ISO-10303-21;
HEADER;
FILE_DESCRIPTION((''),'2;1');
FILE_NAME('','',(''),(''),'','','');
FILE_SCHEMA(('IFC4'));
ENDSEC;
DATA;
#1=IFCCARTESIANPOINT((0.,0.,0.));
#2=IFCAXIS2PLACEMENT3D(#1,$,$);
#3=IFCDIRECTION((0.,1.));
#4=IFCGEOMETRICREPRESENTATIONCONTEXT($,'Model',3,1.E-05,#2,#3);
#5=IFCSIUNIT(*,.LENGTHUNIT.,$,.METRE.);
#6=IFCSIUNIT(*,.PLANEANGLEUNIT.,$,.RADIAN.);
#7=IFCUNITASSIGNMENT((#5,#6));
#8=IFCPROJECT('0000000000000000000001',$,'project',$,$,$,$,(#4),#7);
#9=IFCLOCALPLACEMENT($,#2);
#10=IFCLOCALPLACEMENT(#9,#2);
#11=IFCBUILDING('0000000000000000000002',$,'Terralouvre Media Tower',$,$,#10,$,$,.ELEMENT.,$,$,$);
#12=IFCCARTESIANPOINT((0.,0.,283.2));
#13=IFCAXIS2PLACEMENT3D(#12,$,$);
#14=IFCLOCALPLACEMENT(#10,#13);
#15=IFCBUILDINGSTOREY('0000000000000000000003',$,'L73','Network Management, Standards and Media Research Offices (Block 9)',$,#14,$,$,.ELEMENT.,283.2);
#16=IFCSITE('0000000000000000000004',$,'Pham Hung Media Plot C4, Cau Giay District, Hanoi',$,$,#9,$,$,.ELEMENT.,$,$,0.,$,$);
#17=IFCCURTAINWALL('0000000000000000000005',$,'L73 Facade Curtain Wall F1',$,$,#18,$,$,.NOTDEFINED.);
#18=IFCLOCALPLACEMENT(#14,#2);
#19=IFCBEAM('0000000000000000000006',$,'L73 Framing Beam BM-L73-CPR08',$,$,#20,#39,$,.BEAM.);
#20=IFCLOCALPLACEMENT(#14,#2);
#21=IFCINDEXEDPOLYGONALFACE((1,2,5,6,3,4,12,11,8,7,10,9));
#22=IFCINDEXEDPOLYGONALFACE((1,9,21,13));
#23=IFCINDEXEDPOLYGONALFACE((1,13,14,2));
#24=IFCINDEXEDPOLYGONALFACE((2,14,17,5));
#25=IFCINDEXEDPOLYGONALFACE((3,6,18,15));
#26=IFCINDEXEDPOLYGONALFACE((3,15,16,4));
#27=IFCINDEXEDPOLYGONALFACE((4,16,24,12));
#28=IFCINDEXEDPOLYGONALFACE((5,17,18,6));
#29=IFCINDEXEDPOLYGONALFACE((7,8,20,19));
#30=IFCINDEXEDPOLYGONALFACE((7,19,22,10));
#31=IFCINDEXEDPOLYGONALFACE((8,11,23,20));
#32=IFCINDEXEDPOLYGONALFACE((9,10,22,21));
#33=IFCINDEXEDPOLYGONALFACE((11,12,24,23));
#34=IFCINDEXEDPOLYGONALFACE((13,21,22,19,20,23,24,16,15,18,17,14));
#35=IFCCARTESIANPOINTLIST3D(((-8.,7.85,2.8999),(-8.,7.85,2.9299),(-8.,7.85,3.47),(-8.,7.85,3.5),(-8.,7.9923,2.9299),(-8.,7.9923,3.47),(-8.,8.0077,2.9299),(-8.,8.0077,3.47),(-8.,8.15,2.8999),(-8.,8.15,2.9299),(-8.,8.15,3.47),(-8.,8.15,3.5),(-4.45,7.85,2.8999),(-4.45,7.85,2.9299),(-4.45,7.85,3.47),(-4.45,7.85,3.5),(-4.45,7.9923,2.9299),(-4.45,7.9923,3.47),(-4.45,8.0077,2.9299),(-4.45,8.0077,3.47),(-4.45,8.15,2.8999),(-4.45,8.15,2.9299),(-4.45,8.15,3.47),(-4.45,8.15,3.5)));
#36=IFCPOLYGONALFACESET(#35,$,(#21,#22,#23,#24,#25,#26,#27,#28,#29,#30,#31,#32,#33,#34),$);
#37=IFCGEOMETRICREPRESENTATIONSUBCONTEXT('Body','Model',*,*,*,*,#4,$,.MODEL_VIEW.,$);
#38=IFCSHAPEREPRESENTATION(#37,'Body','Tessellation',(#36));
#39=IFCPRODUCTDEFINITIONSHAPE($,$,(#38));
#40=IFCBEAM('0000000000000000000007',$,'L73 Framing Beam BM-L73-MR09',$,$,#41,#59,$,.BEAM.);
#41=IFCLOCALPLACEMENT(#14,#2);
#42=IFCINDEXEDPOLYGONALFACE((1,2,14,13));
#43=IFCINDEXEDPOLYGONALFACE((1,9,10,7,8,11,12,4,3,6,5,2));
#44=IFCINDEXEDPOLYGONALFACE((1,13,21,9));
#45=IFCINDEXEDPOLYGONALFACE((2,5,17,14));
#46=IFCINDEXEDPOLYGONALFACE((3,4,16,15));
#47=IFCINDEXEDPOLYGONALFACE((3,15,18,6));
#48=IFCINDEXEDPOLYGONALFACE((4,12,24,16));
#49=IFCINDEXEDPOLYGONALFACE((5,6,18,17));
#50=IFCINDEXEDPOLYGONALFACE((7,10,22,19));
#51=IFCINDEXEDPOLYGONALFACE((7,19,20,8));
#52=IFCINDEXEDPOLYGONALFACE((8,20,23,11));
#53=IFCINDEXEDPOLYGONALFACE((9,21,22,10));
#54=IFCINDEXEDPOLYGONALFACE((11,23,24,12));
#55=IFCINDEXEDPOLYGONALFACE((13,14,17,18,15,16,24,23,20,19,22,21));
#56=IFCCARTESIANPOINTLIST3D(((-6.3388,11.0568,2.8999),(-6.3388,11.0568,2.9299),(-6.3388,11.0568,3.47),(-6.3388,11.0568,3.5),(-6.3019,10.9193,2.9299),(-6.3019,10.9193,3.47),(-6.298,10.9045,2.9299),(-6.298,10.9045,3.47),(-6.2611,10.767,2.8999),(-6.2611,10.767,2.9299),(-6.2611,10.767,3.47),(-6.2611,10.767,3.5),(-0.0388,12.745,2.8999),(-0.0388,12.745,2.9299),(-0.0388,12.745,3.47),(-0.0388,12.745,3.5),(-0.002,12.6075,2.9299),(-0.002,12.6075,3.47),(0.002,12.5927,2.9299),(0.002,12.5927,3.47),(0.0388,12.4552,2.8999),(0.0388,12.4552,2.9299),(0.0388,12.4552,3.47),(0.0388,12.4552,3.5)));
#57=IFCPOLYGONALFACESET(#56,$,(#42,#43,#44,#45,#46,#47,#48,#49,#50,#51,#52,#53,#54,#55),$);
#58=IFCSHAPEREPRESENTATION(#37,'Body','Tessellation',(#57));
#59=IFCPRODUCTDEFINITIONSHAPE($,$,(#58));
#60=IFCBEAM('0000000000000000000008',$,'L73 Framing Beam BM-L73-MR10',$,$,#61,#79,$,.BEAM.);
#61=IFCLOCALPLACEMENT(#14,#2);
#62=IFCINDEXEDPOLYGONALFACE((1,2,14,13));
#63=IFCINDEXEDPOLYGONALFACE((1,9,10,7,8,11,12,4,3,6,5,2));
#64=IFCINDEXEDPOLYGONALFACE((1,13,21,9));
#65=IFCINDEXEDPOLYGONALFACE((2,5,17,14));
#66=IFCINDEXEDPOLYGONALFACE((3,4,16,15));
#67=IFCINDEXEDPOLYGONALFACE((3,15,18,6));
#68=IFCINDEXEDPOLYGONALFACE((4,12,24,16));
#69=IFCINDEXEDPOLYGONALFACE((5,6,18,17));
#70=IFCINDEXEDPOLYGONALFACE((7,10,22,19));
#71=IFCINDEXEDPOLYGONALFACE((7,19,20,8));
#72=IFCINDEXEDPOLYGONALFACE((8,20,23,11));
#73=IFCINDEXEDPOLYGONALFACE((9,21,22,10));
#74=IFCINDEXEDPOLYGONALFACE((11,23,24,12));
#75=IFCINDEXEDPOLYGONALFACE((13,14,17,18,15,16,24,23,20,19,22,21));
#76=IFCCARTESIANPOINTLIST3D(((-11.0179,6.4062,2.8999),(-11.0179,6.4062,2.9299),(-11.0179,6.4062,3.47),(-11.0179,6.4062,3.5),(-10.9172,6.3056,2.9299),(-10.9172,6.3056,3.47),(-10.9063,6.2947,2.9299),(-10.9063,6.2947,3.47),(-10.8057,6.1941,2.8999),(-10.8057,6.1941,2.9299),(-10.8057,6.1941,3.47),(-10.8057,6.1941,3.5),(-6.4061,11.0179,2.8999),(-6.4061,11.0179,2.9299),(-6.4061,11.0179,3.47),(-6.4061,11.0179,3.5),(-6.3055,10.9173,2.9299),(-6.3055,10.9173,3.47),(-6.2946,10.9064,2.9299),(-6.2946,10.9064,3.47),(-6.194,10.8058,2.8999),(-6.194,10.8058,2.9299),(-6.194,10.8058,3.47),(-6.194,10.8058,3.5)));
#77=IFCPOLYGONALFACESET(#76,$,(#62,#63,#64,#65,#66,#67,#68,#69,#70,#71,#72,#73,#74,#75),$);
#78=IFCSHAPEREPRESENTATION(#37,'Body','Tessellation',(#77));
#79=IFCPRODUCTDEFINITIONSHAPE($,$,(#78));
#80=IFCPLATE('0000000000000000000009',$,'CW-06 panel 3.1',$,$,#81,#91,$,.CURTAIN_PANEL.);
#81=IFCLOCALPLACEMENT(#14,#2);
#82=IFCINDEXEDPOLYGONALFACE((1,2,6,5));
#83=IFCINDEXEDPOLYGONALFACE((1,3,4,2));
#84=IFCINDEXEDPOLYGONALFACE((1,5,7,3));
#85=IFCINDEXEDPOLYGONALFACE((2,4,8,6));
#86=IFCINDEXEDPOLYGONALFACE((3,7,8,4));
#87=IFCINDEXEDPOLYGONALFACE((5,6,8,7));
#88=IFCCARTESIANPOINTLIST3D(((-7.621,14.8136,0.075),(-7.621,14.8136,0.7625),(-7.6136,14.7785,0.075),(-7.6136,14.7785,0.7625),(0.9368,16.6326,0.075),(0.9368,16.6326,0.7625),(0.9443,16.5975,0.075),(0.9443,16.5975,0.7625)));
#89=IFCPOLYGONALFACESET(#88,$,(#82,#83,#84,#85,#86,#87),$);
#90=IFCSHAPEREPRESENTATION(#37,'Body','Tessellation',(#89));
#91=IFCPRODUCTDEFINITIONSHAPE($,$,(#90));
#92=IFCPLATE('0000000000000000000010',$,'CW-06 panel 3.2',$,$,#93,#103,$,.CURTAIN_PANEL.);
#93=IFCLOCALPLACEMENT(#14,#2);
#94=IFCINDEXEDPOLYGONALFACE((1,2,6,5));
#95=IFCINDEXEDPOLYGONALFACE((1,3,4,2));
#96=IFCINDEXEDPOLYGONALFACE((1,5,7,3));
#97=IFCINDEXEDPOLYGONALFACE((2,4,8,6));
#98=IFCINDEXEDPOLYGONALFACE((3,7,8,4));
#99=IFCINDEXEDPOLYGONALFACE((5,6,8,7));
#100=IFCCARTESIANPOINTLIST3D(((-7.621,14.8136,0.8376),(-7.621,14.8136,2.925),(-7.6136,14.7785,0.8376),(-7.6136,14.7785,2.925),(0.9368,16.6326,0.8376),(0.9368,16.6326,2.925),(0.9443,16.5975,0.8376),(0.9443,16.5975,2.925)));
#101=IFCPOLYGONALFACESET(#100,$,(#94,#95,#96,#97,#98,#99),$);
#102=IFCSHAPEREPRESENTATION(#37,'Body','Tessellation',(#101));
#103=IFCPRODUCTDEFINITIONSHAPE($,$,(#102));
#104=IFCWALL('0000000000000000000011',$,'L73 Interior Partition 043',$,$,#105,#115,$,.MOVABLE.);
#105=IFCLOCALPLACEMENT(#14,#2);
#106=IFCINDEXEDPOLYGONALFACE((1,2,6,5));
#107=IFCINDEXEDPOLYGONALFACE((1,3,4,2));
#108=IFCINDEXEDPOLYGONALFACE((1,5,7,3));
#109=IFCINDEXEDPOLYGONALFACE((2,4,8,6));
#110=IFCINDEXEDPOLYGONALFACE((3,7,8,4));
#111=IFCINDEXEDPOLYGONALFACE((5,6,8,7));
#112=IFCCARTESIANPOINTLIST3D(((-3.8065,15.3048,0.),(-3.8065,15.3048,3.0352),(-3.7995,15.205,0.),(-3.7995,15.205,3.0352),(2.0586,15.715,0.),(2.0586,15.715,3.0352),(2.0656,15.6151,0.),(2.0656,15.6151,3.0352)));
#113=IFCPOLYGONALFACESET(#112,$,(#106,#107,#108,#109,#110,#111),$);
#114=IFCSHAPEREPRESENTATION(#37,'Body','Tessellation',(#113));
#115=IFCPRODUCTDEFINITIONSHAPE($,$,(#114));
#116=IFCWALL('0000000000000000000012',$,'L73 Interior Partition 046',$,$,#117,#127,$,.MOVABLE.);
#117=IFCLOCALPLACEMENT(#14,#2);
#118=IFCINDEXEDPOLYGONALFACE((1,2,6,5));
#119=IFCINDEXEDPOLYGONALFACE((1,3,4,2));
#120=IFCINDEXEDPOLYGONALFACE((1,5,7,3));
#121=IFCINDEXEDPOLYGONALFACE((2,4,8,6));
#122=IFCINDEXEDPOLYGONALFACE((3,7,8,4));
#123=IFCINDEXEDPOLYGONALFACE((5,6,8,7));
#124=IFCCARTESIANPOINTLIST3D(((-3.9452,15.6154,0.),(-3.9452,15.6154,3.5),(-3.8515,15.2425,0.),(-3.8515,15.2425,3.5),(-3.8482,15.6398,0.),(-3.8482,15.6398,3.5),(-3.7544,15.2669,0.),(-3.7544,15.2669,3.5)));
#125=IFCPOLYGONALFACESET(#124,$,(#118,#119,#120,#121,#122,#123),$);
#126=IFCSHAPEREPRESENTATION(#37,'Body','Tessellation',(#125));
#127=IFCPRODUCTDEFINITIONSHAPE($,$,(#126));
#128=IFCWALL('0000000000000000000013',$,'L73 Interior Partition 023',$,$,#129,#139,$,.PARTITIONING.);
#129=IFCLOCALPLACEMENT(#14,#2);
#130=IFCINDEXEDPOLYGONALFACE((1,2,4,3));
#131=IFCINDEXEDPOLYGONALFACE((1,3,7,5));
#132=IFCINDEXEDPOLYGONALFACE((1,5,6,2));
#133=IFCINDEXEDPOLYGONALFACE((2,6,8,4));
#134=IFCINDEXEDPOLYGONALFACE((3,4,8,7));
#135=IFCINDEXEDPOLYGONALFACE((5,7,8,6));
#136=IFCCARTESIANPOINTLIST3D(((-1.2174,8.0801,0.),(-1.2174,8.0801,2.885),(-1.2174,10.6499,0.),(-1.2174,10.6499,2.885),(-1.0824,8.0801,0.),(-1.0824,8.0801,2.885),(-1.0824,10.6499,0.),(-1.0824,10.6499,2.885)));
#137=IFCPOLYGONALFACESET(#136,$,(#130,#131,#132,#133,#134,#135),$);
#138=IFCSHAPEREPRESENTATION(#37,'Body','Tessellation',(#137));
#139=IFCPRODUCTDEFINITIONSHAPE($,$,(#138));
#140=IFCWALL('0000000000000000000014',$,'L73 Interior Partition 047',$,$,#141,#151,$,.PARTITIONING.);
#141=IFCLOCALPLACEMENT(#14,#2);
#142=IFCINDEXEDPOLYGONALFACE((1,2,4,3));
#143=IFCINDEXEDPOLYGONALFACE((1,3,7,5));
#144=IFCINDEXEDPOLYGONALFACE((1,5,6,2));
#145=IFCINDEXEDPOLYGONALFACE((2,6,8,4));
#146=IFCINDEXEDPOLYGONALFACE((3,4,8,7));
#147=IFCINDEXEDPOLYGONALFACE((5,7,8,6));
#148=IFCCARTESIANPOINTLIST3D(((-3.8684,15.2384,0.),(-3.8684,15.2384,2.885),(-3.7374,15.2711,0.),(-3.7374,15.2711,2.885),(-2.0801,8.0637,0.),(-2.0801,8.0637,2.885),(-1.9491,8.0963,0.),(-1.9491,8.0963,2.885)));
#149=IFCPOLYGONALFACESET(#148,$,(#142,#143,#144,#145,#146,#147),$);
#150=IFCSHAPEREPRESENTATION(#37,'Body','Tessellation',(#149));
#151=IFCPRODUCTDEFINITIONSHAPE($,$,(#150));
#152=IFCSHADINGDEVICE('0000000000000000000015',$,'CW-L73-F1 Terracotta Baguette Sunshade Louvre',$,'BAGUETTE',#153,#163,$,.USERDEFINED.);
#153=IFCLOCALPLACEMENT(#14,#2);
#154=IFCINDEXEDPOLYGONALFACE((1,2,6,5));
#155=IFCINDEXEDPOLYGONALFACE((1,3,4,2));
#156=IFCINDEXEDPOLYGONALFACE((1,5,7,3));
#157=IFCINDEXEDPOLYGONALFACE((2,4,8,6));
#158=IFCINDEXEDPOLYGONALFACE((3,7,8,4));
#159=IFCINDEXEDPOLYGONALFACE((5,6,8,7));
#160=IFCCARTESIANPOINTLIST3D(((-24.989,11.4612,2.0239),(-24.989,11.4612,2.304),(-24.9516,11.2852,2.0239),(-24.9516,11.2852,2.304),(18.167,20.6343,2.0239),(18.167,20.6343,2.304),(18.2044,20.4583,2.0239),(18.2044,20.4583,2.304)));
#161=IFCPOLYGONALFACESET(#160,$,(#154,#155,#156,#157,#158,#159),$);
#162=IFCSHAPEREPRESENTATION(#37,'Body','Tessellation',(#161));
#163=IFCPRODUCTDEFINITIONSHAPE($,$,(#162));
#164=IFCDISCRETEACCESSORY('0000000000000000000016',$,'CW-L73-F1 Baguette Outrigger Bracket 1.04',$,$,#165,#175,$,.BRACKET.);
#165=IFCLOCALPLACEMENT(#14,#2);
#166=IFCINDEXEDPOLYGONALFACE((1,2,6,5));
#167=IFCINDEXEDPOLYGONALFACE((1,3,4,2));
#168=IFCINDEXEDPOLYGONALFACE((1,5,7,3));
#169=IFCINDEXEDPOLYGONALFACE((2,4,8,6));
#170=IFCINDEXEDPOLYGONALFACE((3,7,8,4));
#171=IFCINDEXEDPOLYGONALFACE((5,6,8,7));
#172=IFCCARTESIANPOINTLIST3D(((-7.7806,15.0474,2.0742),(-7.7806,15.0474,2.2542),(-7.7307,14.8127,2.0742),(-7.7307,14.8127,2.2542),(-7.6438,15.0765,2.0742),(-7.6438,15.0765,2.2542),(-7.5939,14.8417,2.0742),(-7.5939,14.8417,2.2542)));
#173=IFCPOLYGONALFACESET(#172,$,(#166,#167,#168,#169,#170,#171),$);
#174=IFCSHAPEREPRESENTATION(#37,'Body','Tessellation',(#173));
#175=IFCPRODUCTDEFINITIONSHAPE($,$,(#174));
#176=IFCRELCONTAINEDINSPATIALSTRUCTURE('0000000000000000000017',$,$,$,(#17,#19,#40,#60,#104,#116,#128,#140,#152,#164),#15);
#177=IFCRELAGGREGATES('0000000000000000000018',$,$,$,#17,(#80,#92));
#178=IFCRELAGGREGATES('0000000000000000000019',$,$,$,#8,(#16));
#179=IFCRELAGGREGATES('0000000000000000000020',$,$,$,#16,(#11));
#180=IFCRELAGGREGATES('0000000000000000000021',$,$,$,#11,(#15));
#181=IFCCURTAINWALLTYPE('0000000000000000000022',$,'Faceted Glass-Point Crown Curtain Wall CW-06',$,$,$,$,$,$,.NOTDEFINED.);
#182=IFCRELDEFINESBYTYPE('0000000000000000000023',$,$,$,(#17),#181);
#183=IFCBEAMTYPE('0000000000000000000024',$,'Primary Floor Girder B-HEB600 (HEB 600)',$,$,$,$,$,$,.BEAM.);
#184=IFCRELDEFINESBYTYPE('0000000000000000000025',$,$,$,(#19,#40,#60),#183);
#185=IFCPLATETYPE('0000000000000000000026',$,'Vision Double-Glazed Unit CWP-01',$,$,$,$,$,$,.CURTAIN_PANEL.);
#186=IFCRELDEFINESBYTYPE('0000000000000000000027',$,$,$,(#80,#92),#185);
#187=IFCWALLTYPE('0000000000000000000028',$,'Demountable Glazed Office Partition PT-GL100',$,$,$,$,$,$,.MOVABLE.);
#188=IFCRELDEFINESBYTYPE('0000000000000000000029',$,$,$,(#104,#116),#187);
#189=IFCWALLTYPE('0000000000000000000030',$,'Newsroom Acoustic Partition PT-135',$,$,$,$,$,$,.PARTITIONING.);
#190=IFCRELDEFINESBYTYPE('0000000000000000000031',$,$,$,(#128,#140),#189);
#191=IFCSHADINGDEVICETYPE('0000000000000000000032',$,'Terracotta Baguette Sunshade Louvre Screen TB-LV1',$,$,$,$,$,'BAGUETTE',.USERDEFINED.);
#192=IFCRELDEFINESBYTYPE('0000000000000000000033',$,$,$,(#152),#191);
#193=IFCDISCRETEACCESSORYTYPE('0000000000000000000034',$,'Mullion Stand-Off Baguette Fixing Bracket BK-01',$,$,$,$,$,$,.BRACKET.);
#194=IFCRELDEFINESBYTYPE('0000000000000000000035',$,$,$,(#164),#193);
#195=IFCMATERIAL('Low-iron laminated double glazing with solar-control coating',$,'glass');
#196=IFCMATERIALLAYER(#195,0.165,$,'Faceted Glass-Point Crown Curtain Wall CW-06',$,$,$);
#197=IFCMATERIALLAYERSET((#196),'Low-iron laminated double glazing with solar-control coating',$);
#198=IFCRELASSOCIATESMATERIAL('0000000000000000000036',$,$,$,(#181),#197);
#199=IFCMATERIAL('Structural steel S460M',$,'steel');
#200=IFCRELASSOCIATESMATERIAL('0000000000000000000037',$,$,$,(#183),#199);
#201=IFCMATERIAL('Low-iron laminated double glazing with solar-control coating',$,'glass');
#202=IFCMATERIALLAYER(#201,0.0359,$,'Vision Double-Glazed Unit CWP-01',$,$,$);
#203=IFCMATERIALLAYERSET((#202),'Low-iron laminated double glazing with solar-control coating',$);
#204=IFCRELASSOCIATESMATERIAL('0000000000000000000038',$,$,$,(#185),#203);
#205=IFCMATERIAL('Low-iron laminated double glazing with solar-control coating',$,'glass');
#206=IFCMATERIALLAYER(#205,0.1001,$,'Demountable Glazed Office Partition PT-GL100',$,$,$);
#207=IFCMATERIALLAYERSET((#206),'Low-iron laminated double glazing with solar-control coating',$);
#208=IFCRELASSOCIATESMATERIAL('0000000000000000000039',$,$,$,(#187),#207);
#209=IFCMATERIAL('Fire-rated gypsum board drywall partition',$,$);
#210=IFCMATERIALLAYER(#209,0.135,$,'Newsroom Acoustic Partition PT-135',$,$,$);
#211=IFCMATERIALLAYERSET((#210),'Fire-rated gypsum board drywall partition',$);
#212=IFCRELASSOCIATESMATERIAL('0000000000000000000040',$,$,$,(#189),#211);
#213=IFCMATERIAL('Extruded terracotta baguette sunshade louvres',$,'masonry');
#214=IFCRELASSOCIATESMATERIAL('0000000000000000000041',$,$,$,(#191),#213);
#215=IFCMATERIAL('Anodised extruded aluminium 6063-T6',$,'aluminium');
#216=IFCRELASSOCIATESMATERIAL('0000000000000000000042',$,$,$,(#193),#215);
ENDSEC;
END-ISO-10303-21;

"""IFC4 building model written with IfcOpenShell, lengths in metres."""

from ifc_helpers import new_model, si_unit, direction, frame, frame_2d, origin, origin_2d, place, context, subcontext, project, spatial, rectangle, i_section, extrude, material, layer, layer_set, material_profile, profile_set, type_object, element, aggregate, save


model = new_model("IFC4")

# Units and contexts
model_context = context("Model", 3, precision=1e-05, world=origin(), true_north=direction((0.0, 1.0)))
body_context = subcontext(model_context, "Body", "Model", "MODEL_VIEW")
ifc_project = project(units=[si_unit("LENGTHUNIT", "METRE"), si_unit("PLANEANGLEUNIT", "RADIAN")], contexts=[model_context])

# Site, building, storey
site_placement = place(None, origin())
site = spatial("IfcSite", under=ifc_project, at=site_placement, Name="Pham Hung Media Plot C4, Cau Giay District, Hanoi", CompositionType="ELEMENT", RefElevation=0.0)
building_placement = place(site_placement, origin())
building = spatial("IfcBuilding", under=site, at=building_placement, Name="Terralouvre Media Tower", CompositionType="ELEMENT")
storey_placement = place(building_placement, frame((0.0, 0.0, 283.2)))
storey = spatial("IfcBuildingStorey", under=building, at=storey_placement, Name="L73", Description="Network Management, Standards and Media Research Offices (Block 9)", CompositionType="ELEMENT", Elevation=283.2)

# Curtain wall
ifc_material_1 = material(Name="Low-iron laminated double glazing with solar-control coating", Category="glass")
ifc_layer_1 = layer(ifc_material_1, 0.165, Name="Faceted Glass-Point Crown Curtain Wall CW-06")
ifc_layer_set_1 = layer_set([ifc_layer_1], Name="Low-iron laminated double glazing with solar-control coating")
curtain_wall_type = type_object("IfcCurtainWallType", Name="Faceted Glass-Point Crown Curtain Wall CW-06", PredefinedType="NOTDEFINED", material=ifc_layer_set_1)
curtain_wall_placement = place(storey_placement, origin())
curtain_wall = element("IfcCurtainWall", 1, at=curtain_wall_placement, inside=storey, type_object=curtain_wall_type, Name="L73 Facade Curtain Wall F1", PredefinedType="NOTDEFINED")

# Beams
ifc_material_2 = material(Name="Structural steel S460M", Category="steel")
ifc_material_profile_1 = material_profile(ifc_material_2, i_section(OverallWidth=0.3, OverallDepth=0.6001, WebThickness=0.0154, FlangeThickness=0.03, at=origin_2d()), Name="HEB 600")
ifc_profile_set_1 = profile_set([ifc_material_profile_1], Name="Structural steel S460M")
beam_type_1 = type_object("IfcBeamType", Name="Primary Floor Girder B-HEB600 (HEB 600)", PredefinedType="BEAM", material=ifc_profile_set_1)
beam_1_placement = place(storey_placement, frame((-4.45, 8.0, 3.2), z_axis=(-1.0, 0.0, 0.0), x_axis=(0.0, -1.0, 0.0)))
element("IfcBeam", 2, at=beam_1_placement, inside=storey, type_object=beam_type_1, Name="L73 Framing Beam BM-L73-CPR08", PredefinedType="BEAM", context=body_context, shape_type="SweptSolid", body=[
    extrude(i_section(OverallWidth=0.3, OverallDepth=0.6001, WebThickness=0.0154, FlangeThickness=0.03, at=origin_2d()), origin(), (0.0, 0.0, 1.0), 3.55),
])
beam_2_placement = place(storey_placement, frame((0.0, 12.6001, 3.2), z_axis=(-0.96592, -0.258839, 0.0), x_axis=(0.258839, -0.96592, 0.0)))
element("IfcBeam", 3, at=beam_2_placement, inside=storey, type_object=beam_type_1, Name="L73 Framing Beam BM-L73-MR09", PredefinedType="BEAM", context=body_context, shape_type="SweptSolid", body=[
    extrude(i_section(OverallWidth=0.3, OverallDepth=0.6001, WebThickness=0.0154, FlangeThickness=0.03, at=origin_2d()), origin(), (0.0, 0.0, 1.0), 6.5222),
])
beam_3_placement = place(storey_placement, frame((-6.3, 10.9119, 3.2), z_axis=(-0.707107, -0.707107, 0.0), x_axis=(0.707107, -0.707107, 0.0)))
element("IfcBeam", 4, at=beam_3_placement, inside=storey, type_object=beam_type_1, Name="L73 Framing Beam BM-L73-MR10", PredefinedType="BEAM", context=body_context, shape_type="SweptSolid", body=[
    extrude(i_section(OverallWidth=0.3, OverallDepth=0.6001, WebThickness=0.0154, FlangeThickness=0.03, at=origin_2d()), origin(), (0.0, 0.0, 1.0), 6.522),
])

# Plates
ifc_material_3 = material(Name="Low-iron laminated double glazing with solar-control coating", Category="glass")
ifc_layer_2 = layer(ifc_material_3, 0.0359, Name="Vision Double-Glazed Unit CWP-01")
ifc_layer_set_2 = layer_set([ifc_layer_2], Name="Low-iron laminated double glazing with solar-control coating")
plate_type = type_object("IfcPlateType", Name="Vision Double-Glazed Unit CWP-01", PredefinedType="CURTAIN_PANEL", material=ifc_layer_set_2)
plate_1_placement = place(storey_placement, frame((-3.3384, 15.7056, 0.075), z_axis=(0.0, 0.0, 1.0), x_axis=(-0.978148, -0.207912, 0.0)))
plate_1 = element("IfcPlate", 5, at=plate_1_placement, type_object=plate_type, Name="CW-06 panel 3.1", PredefinedType="CURTAIN_PANEL", context=body_context, shape_type="SweptSolid", body=[
    extrude(rectangle(XDim=8.749, YDim=0.0359, at=origin_2d()), origin(), (0.0, 0.0, 1.0), 0.6875),
])
plate_2_placement = place(storey_placement, frame((-3.3384, 15.7056, 0.8376), z_axis=(0.0, 0.0, 1.0), x_axis=(-0.978148, -0.207912, 0.0)))
plate_2 = element("IfcPlate", 6, at=plate_2_placement, type_object=plate_type, Name="CW-06 panel 3.2", PredefinedType="CURTAIN_PANEL", context=body_context, shape_type="SweptSolid", body=[
    extrude(rectangle(XDim=8.749, YDim=0.0359, at=origin_2d()), origin(), (0.0, 0.0, 1.0), 2.0874),
])
aggregate(curtain_wall, [plate_1, plate_2])

# Walls
ifc_material_4 = material(Name="Low-iron laminated double glazing with solar-control coating", Category="glass")
ifc_layer_3 = layer(ifc_material_4, 0.1001, Name="Demountable Glazed Office Partition PT-GL100")
ifc_layer_set_3 = layer_set([ifc_layer_3], Name="Low-iron laminated double glazing with solar-control coating")
wall_type_1 = type_object("IfcWallType", Name="Demountable Glazed Office Partition PT-GL100", PredefinedType="MOVABLE", material=ifc_layer_set_3)
wall_1_placement = place(storey_placement, frame((-3.803, 15.2549, 0.0), z_axis=(0.0, 0.0, 1.0), x_axis=(0.997564, 0.069763, 0.0)))
element("IfcWall", 7, at=wall_1_placement, inside=storey, type_object=wall_type_1, Name="L73 Interior Partition 043", PredefinedType="MOVABLE", context=body_context, shape_type="SweptSolid", body=[
    extrude(rectangle(XDim=5.8794, YDim=0.1001, at=frame_2d((2.9397, 0.0))), origin(), (0.0, 0.0, 1.0), 3.0352),
])
wall_2_placement = place(storey_placement, frame((-3.8967, 15.6277, 0.0), z_axis=(0.0, 0.0, 1.0), x_axis=(0.24388, -0.969805, 0.0)))
element("IfcWall", 8, at=wall_2_placement, inside=storey, type_object=wall_type_1, Name="L73 Interior Partition 046", PredefinedType="MOVABLE", context=body_context, shape_type="SweptSolid", body=[
    extrude(rectangle(XDim=0.3845, YDim=0.1001, at=frame_2d((0.1924, 0.0))), origin(), (0.0, 0.0, 1.0), 3.5),
])
ifc_material_5 = material(Name="Fire-rated gypsum board drywall partition")
ifc_layer_4 = layer(ifc_material_5, 0.135, Name="Newsroom Acoustic Partition PT-135")
ifc_layer_set_4 = layer_set([ifc_layer_4], Name="Fire-rated gypsum board drywall partition")
wall_type_2 = type_object("IfcWallType", Name="Newsroom Acoustic Partition PT-135", PredefinedType="PARTITIONING", material=ifc_layer_set_4)
wall_3_placement = place(storey_placement, frame((-1.1499, 10.6499, 0.0), z_axis=(0.0, 0.0, 1.0), x_axis=(0.0, -1.0, 0.0)))
element("IfcWall", 9, at=wall_3_placement, inside=storey, type_object=wall_type_2, Name="L73 Interior Partition 023", PredefinedType="PARTITIONING", context=body_context, shape_type="SweptSolid", body=[
    extrude(rectangle(XDim=2.5698, YDim=0.135, at=frame_2d((1.2849, 0.0))), origin(), (0.0, 0.0, 1.0), 2.885),
])
wall_4_placement = place(storey_placement, frame((-3.803, 15.2549, 0.0), z_axis=(0.0, 0.0, 1.0), x_axis=(0.241852, -0.970313, 0.0)))
element("IfcWall", 10, at=wall_4_placement, inside=storey, type_object=wall_type_2, Name="L73 Interior Partition 047", PredefinedType="PARTITIONING", context=body_context, shape_type="SweptSolid", body=[
    extrude(rectangle(XDim=7.3943, YDim=0.135, at=frame_2d((3.6973, 0.0))), origin(), (0.0, 0.0, 1.0), 2.885),
])

# Shading device
ifc_material_6 = material(Name="Extruded terracotta baguette sunshade louvres", Category="masonry")
shading_device_type = type_object("IfcShadingDeviceType", Name="Terracotta Baguette Sunshade Louvre Screen TB-LV1", ElementType="BAGUETTE", PredefinedType="USERDEFINED", material=ifc_material_6)
shading_device_placement = place(storey_placement, frame((-3.3923, 15.9597, 2.0239), z_axis=(0.0, 0.0, 1.0), x_axis=(-0.978148, -0.207912, 0.0)))
element("IfcShadingDevice", 11, at=shading_device_placement, inside=storey, type_object=shading_device_type, Name="CW-L73-F1 Terracotta Baguette Sunshade Louvre", ObjectType="BAGUETTE", PredefinedType="USERDEFINED", context=body_context, shape_type="SweptSolid", body=[
    extrude(rectangle(XDim=44.1201, YDim=0.1799, at=origin_2d()), origin(), (0.0, 0.0, 1.0), 0.28),
])

# Discrete accessory
ifc_material_7 = material(Name="Anodised extruded aluminium 6063-T6", Category="aluminium")
discrete_accessory_type = type_object("IfcDiscreteAccessoryType", Name="Mullion Stand-Off Baguette Fixing Bracket BK-01", PredefinedType="BRACKET", material=ifc_material_7)
discrete_accessory_placement = place(storey_placement, frame((-7.6873, 14.9446, 2.0742), z_axis=(0.0, 0.0, 1.0), x_axis=(-0.978148, -0.207912, 0.0)))
element("IfcDiscreteAccessory", 12, at=discrete_accessory_placement, inside=storey, type_object=discrete_accessory_type, Name="CW-L73-F1 Baguette Outrigger Bracket 1.04", PredefinedType="BRACKET", context=body_context, shape_type="SweptSolid", body=[
    extrude(rectangle(XDim=0.1399, YDim=0.24, at=origin_2d()), origin(), (0.0, 0.0, 1.0), 0.1799),
])

save(model, "model.ifc")
